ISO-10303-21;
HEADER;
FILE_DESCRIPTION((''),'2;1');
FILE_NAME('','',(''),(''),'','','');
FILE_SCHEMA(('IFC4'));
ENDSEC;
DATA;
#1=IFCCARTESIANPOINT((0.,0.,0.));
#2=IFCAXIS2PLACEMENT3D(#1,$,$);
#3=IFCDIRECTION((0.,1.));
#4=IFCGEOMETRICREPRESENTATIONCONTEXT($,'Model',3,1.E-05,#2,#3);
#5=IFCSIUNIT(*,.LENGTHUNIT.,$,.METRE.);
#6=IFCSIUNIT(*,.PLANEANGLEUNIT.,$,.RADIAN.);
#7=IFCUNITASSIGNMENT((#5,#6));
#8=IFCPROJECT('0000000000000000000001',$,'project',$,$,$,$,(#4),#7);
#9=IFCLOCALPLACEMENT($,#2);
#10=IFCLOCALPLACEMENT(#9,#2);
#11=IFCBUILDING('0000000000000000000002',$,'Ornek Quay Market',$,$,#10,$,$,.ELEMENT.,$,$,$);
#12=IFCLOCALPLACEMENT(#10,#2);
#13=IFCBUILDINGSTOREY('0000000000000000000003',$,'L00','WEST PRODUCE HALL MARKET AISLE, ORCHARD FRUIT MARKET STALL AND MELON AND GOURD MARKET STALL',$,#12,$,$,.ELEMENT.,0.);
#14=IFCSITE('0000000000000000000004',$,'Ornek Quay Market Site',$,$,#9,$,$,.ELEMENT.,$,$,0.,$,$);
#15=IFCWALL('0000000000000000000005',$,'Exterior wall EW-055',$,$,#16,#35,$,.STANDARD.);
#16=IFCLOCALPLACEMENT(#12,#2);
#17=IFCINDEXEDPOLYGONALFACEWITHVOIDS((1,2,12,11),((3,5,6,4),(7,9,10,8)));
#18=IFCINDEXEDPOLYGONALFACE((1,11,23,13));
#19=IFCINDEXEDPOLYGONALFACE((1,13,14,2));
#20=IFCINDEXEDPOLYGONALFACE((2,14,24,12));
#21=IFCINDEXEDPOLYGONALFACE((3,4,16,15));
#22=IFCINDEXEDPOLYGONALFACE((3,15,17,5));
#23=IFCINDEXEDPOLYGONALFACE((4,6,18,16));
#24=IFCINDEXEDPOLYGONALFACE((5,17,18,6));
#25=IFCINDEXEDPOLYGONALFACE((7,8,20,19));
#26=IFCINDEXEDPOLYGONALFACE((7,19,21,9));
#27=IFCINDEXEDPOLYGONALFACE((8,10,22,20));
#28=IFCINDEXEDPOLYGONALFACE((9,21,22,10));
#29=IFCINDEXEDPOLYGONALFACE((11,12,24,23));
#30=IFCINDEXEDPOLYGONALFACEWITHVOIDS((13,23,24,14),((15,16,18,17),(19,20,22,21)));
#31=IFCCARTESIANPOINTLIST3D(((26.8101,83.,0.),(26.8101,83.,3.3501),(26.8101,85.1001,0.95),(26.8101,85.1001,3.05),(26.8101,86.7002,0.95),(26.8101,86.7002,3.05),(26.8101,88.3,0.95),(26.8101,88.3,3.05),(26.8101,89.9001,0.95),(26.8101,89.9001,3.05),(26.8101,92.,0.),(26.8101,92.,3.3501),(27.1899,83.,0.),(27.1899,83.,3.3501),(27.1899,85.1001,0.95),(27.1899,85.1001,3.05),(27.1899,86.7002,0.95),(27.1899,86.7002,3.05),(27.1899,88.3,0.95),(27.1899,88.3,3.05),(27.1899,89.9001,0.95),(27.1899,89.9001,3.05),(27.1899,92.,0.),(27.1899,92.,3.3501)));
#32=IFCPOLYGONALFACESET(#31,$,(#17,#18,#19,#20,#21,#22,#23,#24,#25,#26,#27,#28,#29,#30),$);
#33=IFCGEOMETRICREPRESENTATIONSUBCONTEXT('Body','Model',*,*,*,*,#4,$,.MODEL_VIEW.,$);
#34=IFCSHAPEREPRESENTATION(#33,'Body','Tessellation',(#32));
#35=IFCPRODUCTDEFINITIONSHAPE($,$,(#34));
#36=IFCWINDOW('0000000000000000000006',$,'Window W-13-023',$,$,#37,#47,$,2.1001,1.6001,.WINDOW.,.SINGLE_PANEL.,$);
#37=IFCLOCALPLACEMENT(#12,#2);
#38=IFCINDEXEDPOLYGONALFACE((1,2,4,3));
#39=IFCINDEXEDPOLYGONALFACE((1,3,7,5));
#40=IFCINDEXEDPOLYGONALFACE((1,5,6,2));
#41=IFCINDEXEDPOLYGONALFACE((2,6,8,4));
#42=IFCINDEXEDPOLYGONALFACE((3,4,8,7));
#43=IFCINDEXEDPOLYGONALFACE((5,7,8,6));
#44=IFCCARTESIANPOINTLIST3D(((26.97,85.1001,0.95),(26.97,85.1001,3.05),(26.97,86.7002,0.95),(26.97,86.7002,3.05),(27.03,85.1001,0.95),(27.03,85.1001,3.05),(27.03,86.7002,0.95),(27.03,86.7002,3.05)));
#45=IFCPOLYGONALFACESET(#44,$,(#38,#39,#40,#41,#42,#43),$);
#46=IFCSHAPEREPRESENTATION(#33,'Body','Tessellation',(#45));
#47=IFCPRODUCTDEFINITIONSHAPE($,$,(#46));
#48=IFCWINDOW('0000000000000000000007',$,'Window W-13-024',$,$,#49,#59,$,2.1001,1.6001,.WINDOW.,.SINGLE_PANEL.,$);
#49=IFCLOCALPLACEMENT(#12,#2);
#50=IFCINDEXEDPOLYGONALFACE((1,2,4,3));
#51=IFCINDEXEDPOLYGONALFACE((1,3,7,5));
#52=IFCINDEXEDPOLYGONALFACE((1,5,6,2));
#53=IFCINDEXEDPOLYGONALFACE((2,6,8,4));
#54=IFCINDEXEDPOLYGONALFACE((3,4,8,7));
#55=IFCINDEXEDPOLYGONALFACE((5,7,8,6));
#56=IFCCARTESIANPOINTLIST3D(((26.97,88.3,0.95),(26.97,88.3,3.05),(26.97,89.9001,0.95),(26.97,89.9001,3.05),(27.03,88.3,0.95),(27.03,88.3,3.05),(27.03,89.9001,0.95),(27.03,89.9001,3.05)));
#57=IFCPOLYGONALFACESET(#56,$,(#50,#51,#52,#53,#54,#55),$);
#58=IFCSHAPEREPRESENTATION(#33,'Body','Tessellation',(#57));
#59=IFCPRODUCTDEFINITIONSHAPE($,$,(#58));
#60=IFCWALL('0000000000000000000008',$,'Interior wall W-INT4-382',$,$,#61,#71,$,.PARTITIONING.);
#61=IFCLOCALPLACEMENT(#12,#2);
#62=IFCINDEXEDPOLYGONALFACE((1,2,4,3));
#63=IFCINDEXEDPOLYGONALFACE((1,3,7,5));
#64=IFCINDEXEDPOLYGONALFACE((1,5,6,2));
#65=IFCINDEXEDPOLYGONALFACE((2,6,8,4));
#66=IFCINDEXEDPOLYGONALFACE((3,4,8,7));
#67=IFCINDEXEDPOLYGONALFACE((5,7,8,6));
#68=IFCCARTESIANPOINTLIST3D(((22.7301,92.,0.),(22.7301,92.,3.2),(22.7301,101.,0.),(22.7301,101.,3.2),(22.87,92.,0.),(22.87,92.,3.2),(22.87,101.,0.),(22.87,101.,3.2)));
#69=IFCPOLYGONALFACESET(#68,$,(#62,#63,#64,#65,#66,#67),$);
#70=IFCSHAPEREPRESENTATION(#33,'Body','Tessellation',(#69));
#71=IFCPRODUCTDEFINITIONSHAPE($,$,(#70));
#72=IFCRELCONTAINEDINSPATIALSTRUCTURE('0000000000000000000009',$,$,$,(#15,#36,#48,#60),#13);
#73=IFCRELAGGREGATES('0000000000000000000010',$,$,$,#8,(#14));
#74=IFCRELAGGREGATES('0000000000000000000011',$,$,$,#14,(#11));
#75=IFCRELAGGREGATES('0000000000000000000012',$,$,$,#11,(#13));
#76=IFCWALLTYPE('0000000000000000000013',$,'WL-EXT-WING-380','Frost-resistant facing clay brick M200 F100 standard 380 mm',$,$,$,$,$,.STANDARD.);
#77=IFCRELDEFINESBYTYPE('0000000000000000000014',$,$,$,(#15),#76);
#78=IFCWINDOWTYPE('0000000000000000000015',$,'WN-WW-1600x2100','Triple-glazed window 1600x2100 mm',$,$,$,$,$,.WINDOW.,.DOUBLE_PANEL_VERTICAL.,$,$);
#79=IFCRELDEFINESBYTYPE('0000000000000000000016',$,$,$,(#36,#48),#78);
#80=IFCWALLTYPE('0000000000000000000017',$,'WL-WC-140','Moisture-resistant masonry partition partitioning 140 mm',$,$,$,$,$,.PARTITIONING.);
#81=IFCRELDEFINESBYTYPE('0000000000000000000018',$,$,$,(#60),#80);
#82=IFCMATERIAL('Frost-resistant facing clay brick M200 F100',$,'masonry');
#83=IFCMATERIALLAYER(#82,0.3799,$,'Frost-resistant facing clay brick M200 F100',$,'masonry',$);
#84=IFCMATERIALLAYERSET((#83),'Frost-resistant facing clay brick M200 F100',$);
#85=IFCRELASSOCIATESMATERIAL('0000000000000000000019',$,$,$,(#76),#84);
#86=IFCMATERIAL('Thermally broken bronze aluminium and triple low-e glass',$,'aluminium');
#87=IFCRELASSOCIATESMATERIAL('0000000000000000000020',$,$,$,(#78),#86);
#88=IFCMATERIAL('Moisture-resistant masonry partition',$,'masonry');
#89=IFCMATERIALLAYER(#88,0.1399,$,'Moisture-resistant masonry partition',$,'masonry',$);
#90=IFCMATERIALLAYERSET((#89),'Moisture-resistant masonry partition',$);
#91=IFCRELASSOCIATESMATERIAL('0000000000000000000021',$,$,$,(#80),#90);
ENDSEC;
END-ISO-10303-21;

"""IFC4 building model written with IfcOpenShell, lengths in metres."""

from ifc_helpers import new_model, si_unit, direction, frame, frame_2d, origin, place, context, subcontext, project, spatial, rectangle, extrude, material, layer, layer_set, type_object, element, fill, save


model = new_model("IFC4")

# Units and contexts
model_context = context("Model", 3, precision=1e-05, world=origin(), true_north=direction((0.0, 1.0)))
body_context = subcontext(model_context, "Body", "Model", "MODEL_VIEW")
ifc_project = project(units=[si_unit("LENGTHUNIT", "METRE"), si_unit("PLANEANGLEUNIT", "RADIAN")], contexts=[model_context])

# Site, building, storey
site_placement = place(None, origin())
site = spatial("IfcSite", under=ifc_project, at=site_placement, Name="Ornek Quay Market Site", CompositionType="ELEMENT", RefElevation=0.0)
building_placement = place(site_placement, origin())
building = spatial("IfcBuilding", under=site, at=building_placement, Name="Ornek Quay Market", CompositionType="ELEMENT")
storey_placement = place(building_placement, origin())
storey = spatial("IfcBuildingStorey", under=building, at=storey_placement, Name="L00", Description="WEST PRODUCE HALL MARKET AISLE, ORCHARD FRUIT MARKET STALL AND MELON AND GOURD MARKET STALL", CompositionType="ELEMENT", Elevation=0.0)

# Wall, openings, windows
ifc_material_1 = material(Name="Frost-resistant facing clay brick M200 F100", Category="masonry")
ifc_layer_1 = layer(ifc_material_1, 0.3799, Name="Frost-resistant facing clay brick M200 F100", Category="masonry")
ifc_layer_set_1 = layer_set([ifc_layer_1], Name="Frost-resistant facing clay brick M200 F100")
wall_type_1 = type_object("IfcWallType", Name="WL-EXT-WING-380", Description="Frost-resistant facing clay brick M200 F100 standard 380 mm", PredefinedType="STANDARD", material=ifc_layer_set_1)
wall_1_placement = place(storey_placement, frame((27.0, 83.0, 0.0), z_axis=(0.0, 0.0, 1.0), x_axis=(0.0, 1.0, 0.0)))
wall_1 = element("IfcWall", 1, at=wall_1_placement, inside=storey, type_object=wall_type_1, Name="Exterior wall EW-055", PredefinedType="STANDARD", context=body_context, shape_type="SweptSolid", body=[
    extrude(rectangle(XDim=9.0, YDim=0.3799, at=frame_2d((4.5, 0.0))), origin(), (0.0, 0.0, 1.0), 3.3501),
])
opening_1_placement = place(wall_1_placement, frame((2.1001, 0.0, 0.95)))
opening_1 = element("IfcOpeningElement", 2, at=opening_1_placement, cuts=wall_1, PredefinedType="OPENING", context=body_context, shape_type="SweptSolid", body=[
    extrude(rectangle(XDim=1.6001, YDim=2.1001, at=frame_2d((0.8, 1.05))), frame((0.0, 0.2, 0.0), z_axis=(0.0, -1.0, 0.0), x_axis=(1.0, 0.0, 0.0)), (0.0, 0.0, 1.0), 0.3999),
])
opening_2_placement = place(wall_1_placement, frame((5.3, 0.0, 0.95)))
opening_2 = element("IfcOpeningElement", 3, at=opening_2_placement, cuts=wall_1, PredefinedType="OPENING", context=body_context, shape_type="SweptSolid", body=[
    extrude(rectangle(XDim=1.6001, YDim=2.1001, at=frame_2d((0.8, 1.05))), frame((0.0, 0.2, 0.0), z_axis=(0.0, -1.0, 0.0), x_axis=(1.0, 0.0, 0.0)), (0.0, 0.0, 1.0), 0.3999),
])
ifc_material_2 = material(Name="Thermally broken bronze aluminium and triple low-e glass", Category="aluminium")
window_type = type_object("IfcWindowType", Name="WN-WW-1600x2100", Description="Triple-glazed window 1600x2100 mm", PartitioningType="DOUBLE_PANEL_VERTICAL", PredefinedType="WINDOW", material=ifc_material_2)
window_1_placement = place(opening_1_placement, origin())
window_1 = element("IfcWindow", 4, at=window_1_placement, inside=storey, type_object=window_type, Name="Window W-13-023", OverallHeight=2.1001, OverallWidth=1.6001, PartitioningType="SINGLE_PANEL", PredefinedType="WINDOW", context=body_context, shape_type="SweptSolid", body=[
    extrude(rectangle(XDim=1.6001, YDim=2.1001, at=frame_2d((0.8, 1.05))), frame((0.0, 0.03, 0.0), z_axis=(0.0, -1.0, 0.0), x_axis=(1.0, 0.0, 0.0)), (0.0, 0.0, 1.0), 0.0601),
])
fill(opening_1, window_1)
window_2_placement = place(opening_2_placement, origin())
window_2 = element("IfcWindow", 5, at=window_2_placement, inside=storey, type_object=window_type, Name="Window W-13-024", OverallHeight=2.1001, OverallWidth=1.6001, PartitioningType="SINGLE_PANEL", PredefinedType="WINDOW", context=body_context, shape_type="SweptSolid", body=[
    extrude(rectangle(XDim=1.6001, YDim=2.1001, at=frame_2d((0.8, 1.05))), frame((0.0, 0.03, 0.0), z_axis=(0.0, -1.0, 0.0), x_axis=(1.0, 0.0, 0.0)), (0.0, 0.0, 1.0), 0.0601),
])
fill(opening_2, window_2)

# Wall
ifc_material_3 = material(Name="Moisture-resistant masonry partition", Category="masonry")
ifc_layer_2 = layer(ifc_material_3, 0.1399, Name="Moisture-resistant masonry partition", Category="masonry")
ifc_layer_set_2 = layer_set([ifc_layer_2], Name="Moisture-resistant masonry partition")
wall_type_2 = type_object("IfcWallType", Name="WL-WC-140", Description="Moisture-resistant masonry partition partitioning 140 mm", PredefinedType="PARTITIONING", material=ifc_layer_set_2)
wall_2_placement = place(storey_placement, frame((22.8, 92.0, 0.0), z_axis=(0.0, 0.0, 1.0), x_axis=(0.0, 1.0, 0.0)))
element("IfcWall", 6, at=wall_2_placement, inside=storey, type_object=wall_type_2, Name="Interior wall W-INT4-382", PredefinedType="PARTITIONING", context=body_context, shape_type="SweptSolid", body=[
    extrude(rectangle(XDim=9.0, YDim=0.1399, at=frame_2d((4.5, 0.0))), origin(), (0.0, 0.0, 1.0), 3.2),
])

save(model, "model.ifc")
